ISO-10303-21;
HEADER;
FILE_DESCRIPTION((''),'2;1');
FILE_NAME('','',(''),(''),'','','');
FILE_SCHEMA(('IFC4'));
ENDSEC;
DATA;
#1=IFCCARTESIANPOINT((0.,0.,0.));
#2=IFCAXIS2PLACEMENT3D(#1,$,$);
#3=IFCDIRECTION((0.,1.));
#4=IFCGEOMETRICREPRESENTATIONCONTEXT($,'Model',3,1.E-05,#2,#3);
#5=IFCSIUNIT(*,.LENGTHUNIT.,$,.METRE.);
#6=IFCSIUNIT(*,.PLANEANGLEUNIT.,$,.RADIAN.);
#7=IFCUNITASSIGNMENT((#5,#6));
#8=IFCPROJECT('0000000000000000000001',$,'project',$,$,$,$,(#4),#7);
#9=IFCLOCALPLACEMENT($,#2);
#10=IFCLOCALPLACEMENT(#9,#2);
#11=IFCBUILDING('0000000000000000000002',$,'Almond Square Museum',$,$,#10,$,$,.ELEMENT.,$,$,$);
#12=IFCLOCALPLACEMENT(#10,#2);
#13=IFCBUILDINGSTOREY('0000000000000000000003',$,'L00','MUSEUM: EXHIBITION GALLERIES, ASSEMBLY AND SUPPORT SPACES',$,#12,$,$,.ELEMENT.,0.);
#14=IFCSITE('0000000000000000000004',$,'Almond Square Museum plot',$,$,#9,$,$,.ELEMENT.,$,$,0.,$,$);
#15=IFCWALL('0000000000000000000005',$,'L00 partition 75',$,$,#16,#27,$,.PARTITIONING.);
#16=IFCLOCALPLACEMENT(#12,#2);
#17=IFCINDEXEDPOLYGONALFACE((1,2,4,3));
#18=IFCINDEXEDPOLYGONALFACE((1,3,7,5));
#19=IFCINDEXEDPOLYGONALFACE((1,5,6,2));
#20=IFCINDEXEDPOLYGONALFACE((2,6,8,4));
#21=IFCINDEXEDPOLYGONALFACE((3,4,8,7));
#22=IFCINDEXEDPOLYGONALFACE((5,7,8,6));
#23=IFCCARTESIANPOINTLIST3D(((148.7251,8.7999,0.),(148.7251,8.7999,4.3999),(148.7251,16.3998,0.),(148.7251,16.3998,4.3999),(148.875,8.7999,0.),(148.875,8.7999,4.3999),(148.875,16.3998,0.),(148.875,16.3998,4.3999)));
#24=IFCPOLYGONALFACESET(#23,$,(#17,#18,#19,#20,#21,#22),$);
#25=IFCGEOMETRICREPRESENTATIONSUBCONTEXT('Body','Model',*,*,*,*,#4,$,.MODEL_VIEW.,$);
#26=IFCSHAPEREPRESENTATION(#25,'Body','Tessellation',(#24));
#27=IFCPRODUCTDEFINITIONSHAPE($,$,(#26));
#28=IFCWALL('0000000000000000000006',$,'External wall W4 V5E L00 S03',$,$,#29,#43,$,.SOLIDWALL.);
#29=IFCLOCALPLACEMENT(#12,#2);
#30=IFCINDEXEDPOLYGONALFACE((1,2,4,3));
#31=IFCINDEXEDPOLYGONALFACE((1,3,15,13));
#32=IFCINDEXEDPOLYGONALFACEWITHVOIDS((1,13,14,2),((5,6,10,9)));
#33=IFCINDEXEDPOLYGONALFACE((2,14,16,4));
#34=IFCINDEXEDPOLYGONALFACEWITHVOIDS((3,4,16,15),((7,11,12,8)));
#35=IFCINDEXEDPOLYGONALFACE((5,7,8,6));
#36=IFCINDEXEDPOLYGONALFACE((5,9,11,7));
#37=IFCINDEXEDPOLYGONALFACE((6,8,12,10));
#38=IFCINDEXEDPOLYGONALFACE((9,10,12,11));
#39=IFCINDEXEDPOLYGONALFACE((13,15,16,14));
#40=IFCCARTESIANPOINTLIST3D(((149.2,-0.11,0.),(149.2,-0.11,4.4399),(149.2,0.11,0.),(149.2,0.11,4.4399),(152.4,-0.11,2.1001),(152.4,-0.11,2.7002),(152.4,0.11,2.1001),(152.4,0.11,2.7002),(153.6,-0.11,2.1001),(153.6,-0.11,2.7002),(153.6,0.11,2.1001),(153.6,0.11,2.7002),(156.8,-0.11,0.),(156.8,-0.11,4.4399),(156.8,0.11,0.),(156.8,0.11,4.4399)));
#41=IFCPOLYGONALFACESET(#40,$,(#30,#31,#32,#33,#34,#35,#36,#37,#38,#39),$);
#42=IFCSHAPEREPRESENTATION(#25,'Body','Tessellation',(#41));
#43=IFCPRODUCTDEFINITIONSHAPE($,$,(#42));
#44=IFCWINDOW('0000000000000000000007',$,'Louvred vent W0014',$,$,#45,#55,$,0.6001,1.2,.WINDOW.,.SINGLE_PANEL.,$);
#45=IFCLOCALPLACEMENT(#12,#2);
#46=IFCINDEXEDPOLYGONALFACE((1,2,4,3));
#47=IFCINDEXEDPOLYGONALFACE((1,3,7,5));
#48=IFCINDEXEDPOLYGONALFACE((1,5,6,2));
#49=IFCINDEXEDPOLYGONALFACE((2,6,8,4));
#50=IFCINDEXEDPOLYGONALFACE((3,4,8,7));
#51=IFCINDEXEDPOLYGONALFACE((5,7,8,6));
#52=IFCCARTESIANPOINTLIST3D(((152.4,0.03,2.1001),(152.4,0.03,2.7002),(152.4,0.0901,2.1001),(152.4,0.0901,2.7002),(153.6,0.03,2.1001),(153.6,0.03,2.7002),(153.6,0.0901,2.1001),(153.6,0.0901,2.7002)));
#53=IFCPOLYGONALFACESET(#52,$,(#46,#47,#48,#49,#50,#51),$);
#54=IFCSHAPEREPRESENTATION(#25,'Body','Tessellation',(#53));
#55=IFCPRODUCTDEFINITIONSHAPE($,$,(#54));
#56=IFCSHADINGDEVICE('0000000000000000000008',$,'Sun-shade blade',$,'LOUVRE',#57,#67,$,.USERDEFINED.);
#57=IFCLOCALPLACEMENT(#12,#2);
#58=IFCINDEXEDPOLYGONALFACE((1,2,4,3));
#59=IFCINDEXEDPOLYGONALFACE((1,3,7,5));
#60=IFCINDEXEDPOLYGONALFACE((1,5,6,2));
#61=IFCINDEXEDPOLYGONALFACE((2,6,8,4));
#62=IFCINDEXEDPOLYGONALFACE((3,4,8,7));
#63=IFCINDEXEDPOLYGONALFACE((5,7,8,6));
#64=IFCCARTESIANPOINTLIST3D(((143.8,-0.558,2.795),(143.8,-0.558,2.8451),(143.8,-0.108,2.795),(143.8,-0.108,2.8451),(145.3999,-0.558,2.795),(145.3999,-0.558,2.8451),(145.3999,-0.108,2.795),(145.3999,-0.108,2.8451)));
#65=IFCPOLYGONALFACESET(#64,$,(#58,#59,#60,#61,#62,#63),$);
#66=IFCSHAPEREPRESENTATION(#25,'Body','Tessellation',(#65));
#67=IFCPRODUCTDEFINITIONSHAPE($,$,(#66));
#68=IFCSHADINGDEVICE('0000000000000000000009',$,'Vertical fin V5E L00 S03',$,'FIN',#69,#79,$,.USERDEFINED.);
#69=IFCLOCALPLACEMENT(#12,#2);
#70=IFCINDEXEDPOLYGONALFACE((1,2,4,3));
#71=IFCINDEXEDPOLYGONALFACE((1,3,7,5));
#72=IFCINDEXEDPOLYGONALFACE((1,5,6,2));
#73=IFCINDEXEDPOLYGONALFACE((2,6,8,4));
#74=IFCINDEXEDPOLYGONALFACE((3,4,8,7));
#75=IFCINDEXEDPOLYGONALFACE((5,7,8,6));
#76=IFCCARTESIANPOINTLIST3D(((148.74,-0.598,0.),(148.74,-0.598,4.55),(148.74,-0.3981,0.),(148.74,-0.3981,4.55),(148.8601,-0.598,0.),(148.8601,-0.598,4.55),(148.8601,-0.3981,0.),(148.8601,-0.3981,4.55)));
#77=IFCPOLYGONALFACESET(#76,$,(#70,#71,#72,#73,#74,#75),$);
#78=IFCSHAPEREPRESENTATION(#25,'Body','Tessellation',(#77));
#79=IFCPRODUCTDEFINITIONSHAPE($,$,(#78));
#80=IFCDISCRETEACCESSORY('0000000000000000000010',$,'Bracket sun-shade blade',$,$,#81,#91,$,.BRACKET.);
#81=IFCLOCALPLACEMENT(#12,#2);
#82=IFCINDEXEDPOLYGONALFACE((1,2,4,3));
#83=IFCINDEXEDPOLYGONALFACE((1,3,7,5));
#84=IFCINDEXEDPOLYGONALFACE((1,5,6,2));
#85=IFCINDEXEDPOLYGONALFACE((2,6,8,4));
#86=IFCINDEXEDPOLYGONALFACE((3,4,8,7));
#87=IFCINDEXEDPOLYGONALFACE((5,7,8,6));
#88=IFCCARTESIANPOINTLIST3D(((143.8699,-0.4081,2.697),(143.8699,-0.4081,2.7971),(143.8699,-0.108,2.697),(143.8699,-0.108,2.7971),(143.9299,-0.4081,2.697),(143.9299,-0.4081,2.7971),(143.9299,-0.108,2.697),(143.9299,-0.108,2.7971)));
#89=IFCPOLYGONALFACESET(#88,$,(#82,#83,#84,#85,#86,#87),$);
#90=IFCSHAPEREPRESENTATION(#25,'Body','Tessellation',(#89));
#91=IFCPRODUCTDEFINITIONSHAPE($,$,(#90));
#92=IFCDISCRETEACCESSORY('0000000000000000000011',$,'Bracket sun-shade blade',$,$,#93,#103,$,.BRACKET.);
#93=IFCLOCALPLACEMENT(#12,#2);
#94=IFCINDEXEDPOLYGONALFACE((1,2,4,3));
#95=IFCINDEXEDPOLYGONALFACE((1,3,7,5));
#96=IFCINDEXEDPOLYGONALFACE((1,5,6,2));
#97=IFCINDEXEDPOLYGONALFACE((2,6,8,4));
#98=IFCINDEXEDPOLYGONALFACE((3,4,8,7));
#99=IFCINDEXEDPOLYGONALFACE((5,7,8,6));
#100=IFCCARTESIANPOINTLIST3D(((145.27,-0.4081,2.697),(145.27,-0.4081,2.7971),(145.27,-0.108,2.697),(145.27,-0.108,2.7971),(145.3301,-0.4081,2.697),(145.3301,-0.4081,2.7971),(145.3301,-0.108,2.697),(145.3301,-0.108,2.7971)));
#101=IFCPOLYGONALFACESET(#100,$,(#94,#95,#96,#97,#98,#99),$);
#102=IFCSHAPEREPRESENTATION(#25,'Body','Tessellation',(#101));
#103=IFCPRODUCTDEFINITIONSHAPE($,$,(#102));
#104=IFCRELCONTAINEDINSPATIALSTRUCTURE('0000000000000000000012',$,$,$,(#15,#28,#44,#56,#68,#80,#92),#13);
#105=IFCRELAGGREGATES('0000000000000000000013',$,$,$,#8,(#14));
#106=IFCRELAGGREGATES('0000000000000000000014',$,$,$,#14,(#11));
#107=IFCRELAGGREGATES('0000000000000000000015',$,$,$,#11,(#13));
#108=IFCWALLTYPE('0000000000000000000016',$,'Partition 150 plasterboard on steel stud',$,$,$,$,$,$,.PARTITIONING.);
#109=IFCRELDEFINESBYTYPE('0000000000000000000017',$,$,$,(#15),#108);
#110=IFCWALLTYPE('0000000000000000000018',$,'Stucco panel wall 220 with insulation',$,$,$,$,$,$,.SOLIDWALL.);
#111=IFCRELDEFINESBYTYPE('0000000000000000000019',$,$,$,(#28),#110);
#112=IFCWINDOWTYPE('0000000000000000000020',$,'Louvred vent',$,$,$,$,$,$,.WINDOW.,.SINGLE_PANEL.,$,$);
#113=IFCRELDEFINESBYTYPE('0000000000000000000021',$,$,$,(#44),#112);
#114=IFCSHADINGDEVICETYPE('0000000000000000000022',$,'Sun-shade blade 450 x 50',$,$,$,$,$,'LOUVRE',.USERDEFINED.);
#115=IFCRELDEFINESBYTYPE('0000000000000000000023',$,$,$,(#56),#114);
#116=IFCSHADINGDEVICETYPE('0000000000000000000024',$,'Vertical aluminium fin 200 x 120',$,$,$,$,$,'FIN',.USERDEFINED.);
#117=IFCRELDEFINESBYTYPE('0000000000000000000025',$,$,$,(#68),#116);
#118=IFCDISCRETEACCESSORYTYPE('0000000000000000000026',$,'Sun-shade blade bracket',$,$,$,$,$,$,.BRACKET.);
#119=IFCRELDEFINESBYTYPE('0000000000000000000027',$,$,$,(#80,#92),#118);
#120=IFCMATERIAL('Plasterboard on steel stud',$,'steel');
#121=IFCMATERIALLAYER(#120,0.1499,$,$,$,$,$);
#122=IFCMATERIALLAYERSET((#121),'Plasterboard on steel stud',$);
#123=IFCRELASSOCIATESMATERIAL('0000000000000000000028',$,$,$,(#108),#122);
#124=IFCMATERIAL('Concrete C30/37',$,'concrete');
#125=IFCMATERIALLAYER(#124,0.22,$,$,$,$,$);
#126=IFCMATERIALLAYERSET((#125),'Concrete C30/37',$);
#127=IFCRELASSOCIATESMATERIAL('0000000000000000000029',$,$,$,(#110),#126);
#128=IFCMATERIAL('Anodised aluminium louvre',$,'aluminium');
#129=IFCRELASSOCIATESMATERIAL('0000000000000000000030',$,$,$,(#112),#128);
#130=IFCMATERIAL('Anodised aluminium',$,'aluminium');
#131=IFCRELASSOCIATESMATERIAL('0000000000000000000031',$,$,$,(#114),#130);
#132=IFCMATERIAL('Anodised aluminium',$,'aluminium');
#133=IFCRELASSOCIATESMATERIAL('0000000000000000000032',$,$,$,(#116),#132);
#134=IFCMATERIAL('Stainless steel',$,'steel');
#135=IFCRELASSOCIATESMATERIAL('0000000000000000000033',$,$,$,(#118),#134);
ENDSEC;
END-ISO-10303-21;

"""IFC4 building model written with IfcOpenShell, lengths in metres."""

from ifc_helpers import new_model, si_unit, direction, frame, frame_2d, origin, origin_2d, place, context, subcontext, project, spatial, rectangle, extrude, material, layer, layer_set, material_profile, profile_set, type_object, element, fill, save


model = new_model("IFC4")

# Units and contexts
model_context = context("Model", 3, precision=1e-05, world=origin(), true_north=direction((0.0, 1.0)))
body_context = subcontext(model_context, "Body", "Model", "MODEL_VIEW")
ifc_project = project(units=[si_unit("LENGTHUNIT", "METRE"), si_unit("PLANEANGLEUNIT", "RADIAN")], contexts=[model_context])

# Site, building, storey
site_placement = place(None, origin())
site = spatial("IfcSite", under=ifc_project, at=site_placement, Name="Almond Square Museum plot", CompositionType="ELEMENT", RefElevation=0.0)
building_placement = place(site_placement, origin())
building = spatial("IfcBuilding", under=site, at=building_placement, Name="Almond Square Museum", CompositionType="ELEMENT")
storey_placement = place(building_placement, origin())
storey = spatial("IfcBuildingStorey", under=building, at=storey_placement, Name="L00", Description="MUSEUM: EXHIBITION GALLERIES, ASSEMBLY AND SUPPORT SPACES", CompositionType="ELEMENT", Elevation=0.0)

# Wall
ifc_material_1 = material(Name="Plasterboard on steel stud", Category="steel")
ifc_layer_1 = layer(ifc_material_1, 0.1499)
ifc_layer_set_1 = layer_set([ifc_layer_1], Name="Plasterboard on steel stud")
wall_type_1 = type_object("IfcWallType", Name="Partition 150 plasterboard on steel stud", PredefinedType="PARTITIONING", material=ifc_layer_set_1)
wall_1_placement = place(storey_placement, frame((148.8, 8.8, 0.0), z_axis=(0.0, 0.0, 1.0), x_axis=(0.0, 1.0, 0.0)))
element("IfcWall", 1, at=wall_1_placement, inside=storey, type_object=wall_type_1, Name="L00 partition 75", PredefinedType="PARTITIONING", context=body_context, shape_type="SweptSolid", body=[
    extrude(rectangle(XDim=7.5999, YDim=0.1499, at=frame_2d((3.7998, 0.0))), origin(), (0.0, 0.0, 1.0), 4.3999),
])

# Wall, opening, window
ifc_material_2 = material(Name="Concrete C30/37", Category="concrete")
ifc_layer_2 = layer(ifc_material_2, 0.22)
ifc_layer_set_2 = layer_set([ifc_layer_2], Name="Concrete C30/37")
wall_type_2 = type_object("IfcWallType", Name="Stucco panel wall 220 with insulation", PredefinedType="SOLIDWALL", material=ifc_layer_set_2)
wall_2_placement = place(storey_placement, frame((149.2, 0.0, 0.0), z_axis=(0.0, 0.0, 1.0), x_axis=(1.0, 0.0, 0.0)))
wall_2 = element("IfcWall", 2, at=wall_2_placement, inside=storey, type_object=wall_type_2, Name="External wall W4 V5E L00 S03", PredefinedType="SOLIDWALL", context=body_context, shape_type="SweptSolid", body=[
    extrude(rectangle(XDim=7.6001, YDim=0.22, at=frame_2d((3.8, 0.0))), origin(), (0.0, 0.0, 1.0), 4.4399),
])
opening_1_placement = place(wall_2_placement, frame((3.2, 0.0, 2.1001)))
opening_1 = element("IfcOpeningElement", 3, at=opening_1_placement, cuts=wall_2, PredefinedType="OPENING", context=body_context, shape_type="SweptSolid", body=[
    extrude(rectangle(XDim=1.2, YDim=0.6001, at=frame_2d((0.6001, 0.3))), frame((0.0, 0.1199, 0.0), z_axis=(0.0, -1.0, 0.0), x_axis=(1.0, 0.0, 0.0)), (0.0, 0.0, 1.0), 0.24),
])
ifc_material_3 = material(Name="Anodised aluminium louvre", Category="aluminium")
window_type = type_object("IfcWindowType", Name="Louvred vent", PartitioningType="SINGLE_PANEL", PredefinedType="WINDOW", material=ifc_material_3)
window_placement = place(opening_1_placement, origin())
window = element("IfcWindow", 4, at=window_placement, inside=storey, type_object=window_type, Name="Louvred vent W0014", OverallHeight=0.6001, OverallWidth=1.2, PartitioningType="SINGLE_PANEL", PredefinedType="WINDOW", context=body_context, shape_type="SweptSolid", body=[
    extrude(rectangle(XDim=1.2, YDim=0.6001, at=frame_2d((0.6001, 0.3))), frame((0.0, 0.0901, 0.0), z_axis=(0.0, -1.0, 0.0), x_axis=(1.0, 0.0, 0.0)), (0.0, 0.0, 1.0), 0.0601),
])
fill(opening_1, window)

# Shading devices
ifc_material_4 = material(Name="Anodised aluminium", Category="aluminium")
ifc_material_profile_1 = material_profile(ifc_material_4, rectangle(XDim=0.45, YDim=0.05, at=origin_2d()))
ifc_profile_set_1 = profile_set([ifc_material_profile_1], Name="Anodised aluminium")
shading_device_type_1 = type_object("IfcShadingDeviceType", Name="Sun-shade blade 450 x 50", ElementType="LOUVRE", PredefinedType="USERDEFINED", material=ifc_profile_set_1)
shading_device_1_placement = place(storey_placement, frame((143.8, -0.333, 2.8201), z_axis=(1.0, 0.0, 0.0), x_axis=(0.0, 1.0, 0.0)))
element("IfcShadingDevice", 5, at=shading_device_1_placement, inside=storey, type_object=shading_device_type_1, Name="Sun-shade blade", ObjectType="LOUVRE", PredefinedType="USERDEFINED", context=body_context, shape_type="SweptSolid", body=[
    extrude(rectangle(XDim=0.45, YDim=0.05, at=origin_2d()), origin(), (0.0, 0.0, 1.0), 1.5999),
])
ifc_material_5 = material(Name="Anodised aluminium", Category="aluminium")
ifc_material_profile_2 = material_profile(ifc_material_5, rectangle(XDim=0.2, YDim=0.1201, at=origin_2d()))
ifc_profile_set_2 = profile_set([ifc_material_profile_2], Name="Anodised aluminium")
shading_device_type_2 = type_object("IfcShadingDeviceType", Name="Vertical aluminium fin 200 x 120", ElementType="FIN", PredefinedType="USERDEFINED", material=ifc_profile_set_2)
shading_device_2_placement = place(storey_placement, frame((148.8, -0.498, 0.0), z_axis=(0.0, 0.0, 1.0), x_axis=(0.0, -1.0, 0.0)))
element("IfcShadingDevice", 6, at=shading_device_2_placement, inside=storey, type_object=shading_device_type_2, Name="Vertical fin V5E L00 S03", ObjectType="FIN", PredefinedType="USERDEFINED", context=body_context, shape_type="SweptSolid", body=[
    extrude(rectangle(XDim=0.2, YDim=0.1201, at=origin_2d()), origin(), (0.0, 0.0, 1.0), 4.55),
])

# Discrete accessories
ifc_material_6 = material(Name="Stainless steel", Category="steel")
discrete_accessory_type = type_object("IfcDiscreteAccessoryType", Name="Sun-shade blade bracket", PredefinedType="BRACKET", material=ifc_material_6)
for number, where, z_axis, x_axis, name in (
    (7, (143.8999, -0.2581, 2.697), (0.0, 0.0, 1.0), (1.0, 0.0, 0.0), "Bracket sun-shade blade"),
    (8, (145.3, -0.2581, 2.697), (0.0, 0.0, 1.0), (1.0, 0.0, 0.0), "Bracket sun-shade blade"),
):
    element("IfcDiscreteAccessory", number, at=place(storey_placement, frame(where, z_axis=z_axis, x_axis=x_axis)), inside=storey, type_object=discrete_accessory_type, Name=name, PredefinedType="BRACKET", context=body_context, shape_type="SweptSolid", body=[
        extrude(rectangle(XDim=0.0601, YDim=0.3, at=origin_2d()), origin(), (0.0, 0.0, 1.0), 0.1001),
    ])

save(model, "model.ifc")
